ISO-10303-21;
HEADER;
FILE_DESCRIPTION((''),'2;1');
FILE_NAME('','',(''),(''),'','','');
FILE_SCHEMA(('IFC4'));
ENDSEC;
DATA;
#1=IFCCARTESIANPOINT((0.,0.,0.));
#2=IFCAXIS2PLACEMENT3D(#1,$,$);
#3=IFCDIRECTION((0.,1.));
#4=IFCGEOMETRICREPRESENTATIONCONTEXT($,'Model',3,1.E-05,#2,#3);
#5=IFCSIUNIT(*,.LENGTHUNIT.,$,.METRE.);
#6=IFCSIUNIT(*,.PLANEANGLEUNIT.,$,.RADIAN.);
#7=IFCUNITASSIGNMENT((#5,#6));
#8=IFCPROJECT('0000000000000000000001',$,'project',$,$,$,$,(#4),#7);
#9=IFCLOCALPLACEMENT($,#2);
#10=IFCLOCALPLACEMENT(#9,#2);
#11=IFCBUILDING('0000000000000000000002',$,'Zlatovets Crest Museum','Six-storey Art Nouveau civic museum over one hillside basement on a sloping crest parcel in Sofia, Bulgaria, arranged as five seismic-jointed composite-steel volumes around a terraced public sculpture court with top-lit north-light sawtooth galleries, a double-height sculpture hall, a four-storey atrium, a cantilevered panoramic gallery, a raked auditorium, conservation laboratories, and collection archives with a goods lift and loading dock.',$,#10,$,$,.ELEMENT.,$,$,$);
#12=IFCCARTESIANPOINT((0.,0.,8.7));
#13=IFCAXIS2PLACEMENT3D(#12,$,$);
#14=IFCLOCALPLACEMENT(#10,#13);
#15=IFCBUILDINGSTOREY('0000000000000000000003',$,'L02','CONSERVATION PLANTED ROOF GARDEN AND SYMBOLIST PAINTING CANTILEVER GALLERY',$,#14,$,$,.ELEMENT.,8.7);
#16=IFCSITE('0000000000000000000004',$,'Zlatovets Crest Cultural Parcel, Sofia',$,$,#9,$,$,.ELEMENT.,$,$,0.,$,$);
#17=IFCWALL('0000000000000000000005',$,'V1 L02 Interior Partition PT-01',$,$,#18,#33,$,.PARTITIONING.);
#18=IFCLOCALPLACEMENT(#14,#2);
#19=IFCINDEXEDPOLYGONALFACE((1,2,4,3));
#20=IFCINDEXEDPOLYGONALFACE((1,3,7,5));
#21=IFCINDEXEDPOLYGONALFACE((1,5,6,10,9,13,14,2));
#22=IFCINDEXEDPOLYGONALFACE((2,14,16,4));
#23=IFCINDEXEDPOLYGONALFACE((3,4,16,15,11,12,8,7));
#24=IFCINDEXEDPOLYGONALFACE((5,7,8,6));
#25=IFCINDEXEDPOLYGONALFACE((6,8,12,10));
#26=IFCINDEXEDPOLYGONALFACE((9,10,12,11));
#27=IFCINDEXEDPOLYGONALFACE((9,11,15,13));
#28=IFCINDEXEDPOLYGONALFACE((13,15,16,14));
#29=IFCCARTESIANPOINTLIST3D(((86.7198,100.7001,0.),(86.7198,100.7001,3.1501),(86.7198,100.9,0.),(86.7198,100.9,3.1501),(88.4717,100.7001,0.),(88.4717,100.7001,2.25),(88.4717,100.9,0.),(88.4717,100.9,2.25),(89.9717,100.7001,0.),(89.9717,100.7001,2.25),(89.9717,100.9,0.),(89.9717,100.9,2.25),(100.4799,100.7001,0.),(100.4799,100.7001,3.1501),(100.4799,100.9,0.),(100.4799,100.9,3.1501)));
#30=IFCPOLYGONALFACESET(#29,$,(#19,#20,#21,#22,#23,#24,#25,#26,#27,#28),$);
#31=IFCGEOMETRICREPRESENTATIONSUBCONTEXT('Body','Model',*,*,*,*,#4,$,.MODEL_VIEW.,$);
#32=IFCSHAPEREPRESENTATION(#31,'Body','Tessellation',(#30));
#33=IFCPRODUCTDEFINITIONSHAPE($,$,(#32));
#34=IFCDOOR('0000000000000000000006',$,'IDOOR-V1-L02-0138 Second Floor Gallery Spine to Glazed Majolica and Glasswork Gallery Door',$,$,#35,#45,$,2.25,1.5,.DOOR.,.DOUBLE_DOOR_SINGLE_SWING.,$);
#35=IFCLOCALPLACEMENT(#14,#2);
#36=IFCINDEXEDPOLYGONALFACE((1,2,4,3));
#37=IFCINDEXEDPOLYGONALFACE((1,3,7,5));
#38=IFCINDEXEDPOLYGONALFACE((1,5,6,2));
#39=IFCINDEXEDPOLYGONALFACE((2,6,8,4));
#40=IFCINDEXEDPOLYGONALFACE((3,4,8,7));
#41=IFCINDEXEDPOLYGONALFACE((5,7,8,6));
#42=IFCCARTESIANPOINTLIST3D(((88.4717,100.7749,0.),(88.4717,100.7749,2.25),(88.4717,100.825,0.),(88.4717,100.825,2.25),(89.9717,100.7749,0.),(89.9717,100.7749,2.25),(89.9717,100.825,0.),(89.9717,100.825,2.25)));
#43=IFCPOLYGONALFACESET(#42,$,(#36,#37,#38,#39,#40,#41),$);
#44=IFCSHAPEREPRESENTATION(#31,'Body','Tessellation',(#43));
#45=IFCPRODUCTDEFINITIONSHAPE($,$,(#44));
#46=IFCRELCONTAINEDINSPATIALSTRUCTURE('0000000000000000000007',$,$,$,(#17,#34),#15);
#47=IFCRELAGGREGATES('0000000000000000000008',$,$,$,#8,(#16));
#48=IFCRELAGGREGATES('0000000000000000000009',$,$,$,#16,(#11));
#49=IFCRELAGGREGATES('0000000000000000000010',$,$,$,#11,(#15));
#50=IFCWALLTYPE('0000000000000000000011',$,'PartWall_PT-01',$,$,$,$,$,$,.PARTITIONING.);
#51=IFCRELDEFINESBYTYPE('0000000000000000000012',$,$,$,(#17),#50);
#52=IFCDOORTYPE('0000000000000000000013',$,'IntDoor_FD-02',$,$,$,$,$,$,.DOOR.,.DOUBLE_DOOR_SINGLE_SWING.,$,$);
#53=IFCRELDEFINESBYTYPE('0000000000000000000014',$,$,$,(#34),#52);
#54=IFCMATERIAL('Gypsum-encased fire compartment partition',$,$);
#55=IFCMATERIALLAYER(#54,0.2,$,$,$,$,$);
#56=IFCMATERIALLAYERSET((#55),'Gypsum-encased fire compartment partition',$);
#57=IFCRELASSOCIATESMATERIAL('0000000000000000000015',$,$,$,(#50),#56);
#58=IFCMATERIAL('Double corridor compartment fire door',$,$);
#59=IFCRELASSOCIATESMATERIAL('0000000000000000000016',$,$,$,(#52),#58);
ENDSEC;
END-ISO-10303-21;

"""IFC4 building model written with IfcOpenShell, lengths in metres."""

from ifc_helpers import new_model, si_unit, direction, frame, frame_2d, origin, place, context, subcontext, project, spatial, rectangle, extrude, material, layer, layer_set, type_object, element, fill, save


model = new_model("IFC4")

# Units and contexts
model_context = context("Model", 3, precision=1e-05, world=origin(), true_north=direction((0.0, 1.0)))
body_context = subcontext(model_context, "Body", "Model", "MODEL_VIEW")
ifc_project = project(units=[si_unit("LENGTHUNIT", "METRE"), si_unit("PLANEANGLEUNIT", "RADIAN")], contexts=[model_context])

# Site, building, storey
site_placement = place(None, origin())
site = spatial("IfcSite", under=ifc_project, at=site_placement, Name="Zlatovets Crest Cultural Parcel, Sofia", CompositionType="ELEMENT", RefElevation=0.0)
building_placement = place(site_placement, origin())
building = spatial("IfcBuilding", under=site, at=building_placement, Name="Zlatovets Crest Museum", Description="Six-storey Art Nouveau civic museum over one hillside basement on a sloping crest parcel in Sofia, Bulgaria, arranged as five seismic-jointed composite-steel volumes around a terraced public sculpture court with top-lit north-light sawtooth galleries, a double-height sculpture hall, a four-storey atrium, a cantilevered panoramic gallery, a raked auditorium, conservation laboratories, and collection archives with a goods lift and loading dock.", CompositionType="ELEMENT")
storey_placement = place(building_placement, frame((0.0, 0.0, 8.7)))
storey = spatial("IfcBuildingStorey", under=building, at=storey_placement, Name="L02", Description="CONSERVATION PLANTED ROOF GARDEN AND SYMBOLIST PAINTING CANTILEVER GALLERY", CompositionType="ELEMENT", Elevation=8.7)

# Wall, opening, door
ifc_material_1 = material(Name="Gypsum-encased fire compartment partition")
ifc_layer_1 = layer(ifc_material_1, 0.2)
ifc_layer_set_1 = layer_set([ifc_layer_1], Name="Gypsum-encased fire compartment partition")
wall_type_1 = type_object("IfcWallType", Name="PartWall_PT-01", PredefinedType="PARTITIONING", material=ifc_layer_set_1)
wall_1_placement = place(storey_placement, frame((86.72, 100.8, 0.0), z_axis=(0.0, 0.0, 1.0), x_axis=(1.0, 0.0, 0.0)))
wall_1 = element("IfcWall", 1, at=wall_1_placement, inside=storey, type_object=wall_type_1, Name="V1 L02 Interior Partition PT-01", PredefinedType="PARTITIONING", context=body_context, shape_type="SweptSolid", body=[
    extrude(rectangle(XDim=13.76, YDim=0.2, at=frame_2d((6.8799, 0.0))), origin(), (0.0, 0.0, 1.0), 3.1501),
])
opening_placement = place(wall_1_placement, frame((1.7517, 0.0, 0.0)))
opening = element("IfcOpeningElement", 2, at=opening_placement, cuts=wall_1, PredefinedType="OPENING", context=body_context, shape_type="SweptSolid", body=[
    extrude(rectangle(XDim=1.5, YDim=2.25, at=frame_2d((0.75, 1.125))), frame((0.0, 0.1099, 0.0), z_axis=(0.0, -1.0, 0.0), x_axis=(1.0, 0.0, 0.0)), (0.0, 0.0, 1.0), 0.22),
])
ifc_material_2 = material(Name="Double corridor compartment fire door")
door_type = type_object("IfcDoorType", Name="IntDoor_FD-02", OperationType="DOUBLE_DOOR_SINGLE_SWING", PredefinedType="DOOR", material=ifc_material_2)
door_placement = place(opening_placement, origin())
door = element("IfcDoor", 3, at=door_placement, inside=storey, type_object=door_type, Name="IDOOR-V1-L02-0138 Second Floor Gallery Spine to Glazed Majolica and Glasswork Gallery Door", OperationType="DOUBLE_DOOR_SINGLE_SWING", OverallHeight=2.25, OverallWidth=1.5, PredefinedType="DOOR", context=body_context, shape_type="SweptSolid", body=[
    extrude(rectangle(XDim=1.5, YDim=2.25, at=frame_2d((0.75, 1.125))), frame((0.0, 0.0249, 0.0), z_axis=(0.0, -1.0, 0.0), x_axis=(1.0, 0.0, 0.0)), (0.0, 0.0, 1.0), 0.05),
])
fill(opening, door)

save(model, "model.ifc")
